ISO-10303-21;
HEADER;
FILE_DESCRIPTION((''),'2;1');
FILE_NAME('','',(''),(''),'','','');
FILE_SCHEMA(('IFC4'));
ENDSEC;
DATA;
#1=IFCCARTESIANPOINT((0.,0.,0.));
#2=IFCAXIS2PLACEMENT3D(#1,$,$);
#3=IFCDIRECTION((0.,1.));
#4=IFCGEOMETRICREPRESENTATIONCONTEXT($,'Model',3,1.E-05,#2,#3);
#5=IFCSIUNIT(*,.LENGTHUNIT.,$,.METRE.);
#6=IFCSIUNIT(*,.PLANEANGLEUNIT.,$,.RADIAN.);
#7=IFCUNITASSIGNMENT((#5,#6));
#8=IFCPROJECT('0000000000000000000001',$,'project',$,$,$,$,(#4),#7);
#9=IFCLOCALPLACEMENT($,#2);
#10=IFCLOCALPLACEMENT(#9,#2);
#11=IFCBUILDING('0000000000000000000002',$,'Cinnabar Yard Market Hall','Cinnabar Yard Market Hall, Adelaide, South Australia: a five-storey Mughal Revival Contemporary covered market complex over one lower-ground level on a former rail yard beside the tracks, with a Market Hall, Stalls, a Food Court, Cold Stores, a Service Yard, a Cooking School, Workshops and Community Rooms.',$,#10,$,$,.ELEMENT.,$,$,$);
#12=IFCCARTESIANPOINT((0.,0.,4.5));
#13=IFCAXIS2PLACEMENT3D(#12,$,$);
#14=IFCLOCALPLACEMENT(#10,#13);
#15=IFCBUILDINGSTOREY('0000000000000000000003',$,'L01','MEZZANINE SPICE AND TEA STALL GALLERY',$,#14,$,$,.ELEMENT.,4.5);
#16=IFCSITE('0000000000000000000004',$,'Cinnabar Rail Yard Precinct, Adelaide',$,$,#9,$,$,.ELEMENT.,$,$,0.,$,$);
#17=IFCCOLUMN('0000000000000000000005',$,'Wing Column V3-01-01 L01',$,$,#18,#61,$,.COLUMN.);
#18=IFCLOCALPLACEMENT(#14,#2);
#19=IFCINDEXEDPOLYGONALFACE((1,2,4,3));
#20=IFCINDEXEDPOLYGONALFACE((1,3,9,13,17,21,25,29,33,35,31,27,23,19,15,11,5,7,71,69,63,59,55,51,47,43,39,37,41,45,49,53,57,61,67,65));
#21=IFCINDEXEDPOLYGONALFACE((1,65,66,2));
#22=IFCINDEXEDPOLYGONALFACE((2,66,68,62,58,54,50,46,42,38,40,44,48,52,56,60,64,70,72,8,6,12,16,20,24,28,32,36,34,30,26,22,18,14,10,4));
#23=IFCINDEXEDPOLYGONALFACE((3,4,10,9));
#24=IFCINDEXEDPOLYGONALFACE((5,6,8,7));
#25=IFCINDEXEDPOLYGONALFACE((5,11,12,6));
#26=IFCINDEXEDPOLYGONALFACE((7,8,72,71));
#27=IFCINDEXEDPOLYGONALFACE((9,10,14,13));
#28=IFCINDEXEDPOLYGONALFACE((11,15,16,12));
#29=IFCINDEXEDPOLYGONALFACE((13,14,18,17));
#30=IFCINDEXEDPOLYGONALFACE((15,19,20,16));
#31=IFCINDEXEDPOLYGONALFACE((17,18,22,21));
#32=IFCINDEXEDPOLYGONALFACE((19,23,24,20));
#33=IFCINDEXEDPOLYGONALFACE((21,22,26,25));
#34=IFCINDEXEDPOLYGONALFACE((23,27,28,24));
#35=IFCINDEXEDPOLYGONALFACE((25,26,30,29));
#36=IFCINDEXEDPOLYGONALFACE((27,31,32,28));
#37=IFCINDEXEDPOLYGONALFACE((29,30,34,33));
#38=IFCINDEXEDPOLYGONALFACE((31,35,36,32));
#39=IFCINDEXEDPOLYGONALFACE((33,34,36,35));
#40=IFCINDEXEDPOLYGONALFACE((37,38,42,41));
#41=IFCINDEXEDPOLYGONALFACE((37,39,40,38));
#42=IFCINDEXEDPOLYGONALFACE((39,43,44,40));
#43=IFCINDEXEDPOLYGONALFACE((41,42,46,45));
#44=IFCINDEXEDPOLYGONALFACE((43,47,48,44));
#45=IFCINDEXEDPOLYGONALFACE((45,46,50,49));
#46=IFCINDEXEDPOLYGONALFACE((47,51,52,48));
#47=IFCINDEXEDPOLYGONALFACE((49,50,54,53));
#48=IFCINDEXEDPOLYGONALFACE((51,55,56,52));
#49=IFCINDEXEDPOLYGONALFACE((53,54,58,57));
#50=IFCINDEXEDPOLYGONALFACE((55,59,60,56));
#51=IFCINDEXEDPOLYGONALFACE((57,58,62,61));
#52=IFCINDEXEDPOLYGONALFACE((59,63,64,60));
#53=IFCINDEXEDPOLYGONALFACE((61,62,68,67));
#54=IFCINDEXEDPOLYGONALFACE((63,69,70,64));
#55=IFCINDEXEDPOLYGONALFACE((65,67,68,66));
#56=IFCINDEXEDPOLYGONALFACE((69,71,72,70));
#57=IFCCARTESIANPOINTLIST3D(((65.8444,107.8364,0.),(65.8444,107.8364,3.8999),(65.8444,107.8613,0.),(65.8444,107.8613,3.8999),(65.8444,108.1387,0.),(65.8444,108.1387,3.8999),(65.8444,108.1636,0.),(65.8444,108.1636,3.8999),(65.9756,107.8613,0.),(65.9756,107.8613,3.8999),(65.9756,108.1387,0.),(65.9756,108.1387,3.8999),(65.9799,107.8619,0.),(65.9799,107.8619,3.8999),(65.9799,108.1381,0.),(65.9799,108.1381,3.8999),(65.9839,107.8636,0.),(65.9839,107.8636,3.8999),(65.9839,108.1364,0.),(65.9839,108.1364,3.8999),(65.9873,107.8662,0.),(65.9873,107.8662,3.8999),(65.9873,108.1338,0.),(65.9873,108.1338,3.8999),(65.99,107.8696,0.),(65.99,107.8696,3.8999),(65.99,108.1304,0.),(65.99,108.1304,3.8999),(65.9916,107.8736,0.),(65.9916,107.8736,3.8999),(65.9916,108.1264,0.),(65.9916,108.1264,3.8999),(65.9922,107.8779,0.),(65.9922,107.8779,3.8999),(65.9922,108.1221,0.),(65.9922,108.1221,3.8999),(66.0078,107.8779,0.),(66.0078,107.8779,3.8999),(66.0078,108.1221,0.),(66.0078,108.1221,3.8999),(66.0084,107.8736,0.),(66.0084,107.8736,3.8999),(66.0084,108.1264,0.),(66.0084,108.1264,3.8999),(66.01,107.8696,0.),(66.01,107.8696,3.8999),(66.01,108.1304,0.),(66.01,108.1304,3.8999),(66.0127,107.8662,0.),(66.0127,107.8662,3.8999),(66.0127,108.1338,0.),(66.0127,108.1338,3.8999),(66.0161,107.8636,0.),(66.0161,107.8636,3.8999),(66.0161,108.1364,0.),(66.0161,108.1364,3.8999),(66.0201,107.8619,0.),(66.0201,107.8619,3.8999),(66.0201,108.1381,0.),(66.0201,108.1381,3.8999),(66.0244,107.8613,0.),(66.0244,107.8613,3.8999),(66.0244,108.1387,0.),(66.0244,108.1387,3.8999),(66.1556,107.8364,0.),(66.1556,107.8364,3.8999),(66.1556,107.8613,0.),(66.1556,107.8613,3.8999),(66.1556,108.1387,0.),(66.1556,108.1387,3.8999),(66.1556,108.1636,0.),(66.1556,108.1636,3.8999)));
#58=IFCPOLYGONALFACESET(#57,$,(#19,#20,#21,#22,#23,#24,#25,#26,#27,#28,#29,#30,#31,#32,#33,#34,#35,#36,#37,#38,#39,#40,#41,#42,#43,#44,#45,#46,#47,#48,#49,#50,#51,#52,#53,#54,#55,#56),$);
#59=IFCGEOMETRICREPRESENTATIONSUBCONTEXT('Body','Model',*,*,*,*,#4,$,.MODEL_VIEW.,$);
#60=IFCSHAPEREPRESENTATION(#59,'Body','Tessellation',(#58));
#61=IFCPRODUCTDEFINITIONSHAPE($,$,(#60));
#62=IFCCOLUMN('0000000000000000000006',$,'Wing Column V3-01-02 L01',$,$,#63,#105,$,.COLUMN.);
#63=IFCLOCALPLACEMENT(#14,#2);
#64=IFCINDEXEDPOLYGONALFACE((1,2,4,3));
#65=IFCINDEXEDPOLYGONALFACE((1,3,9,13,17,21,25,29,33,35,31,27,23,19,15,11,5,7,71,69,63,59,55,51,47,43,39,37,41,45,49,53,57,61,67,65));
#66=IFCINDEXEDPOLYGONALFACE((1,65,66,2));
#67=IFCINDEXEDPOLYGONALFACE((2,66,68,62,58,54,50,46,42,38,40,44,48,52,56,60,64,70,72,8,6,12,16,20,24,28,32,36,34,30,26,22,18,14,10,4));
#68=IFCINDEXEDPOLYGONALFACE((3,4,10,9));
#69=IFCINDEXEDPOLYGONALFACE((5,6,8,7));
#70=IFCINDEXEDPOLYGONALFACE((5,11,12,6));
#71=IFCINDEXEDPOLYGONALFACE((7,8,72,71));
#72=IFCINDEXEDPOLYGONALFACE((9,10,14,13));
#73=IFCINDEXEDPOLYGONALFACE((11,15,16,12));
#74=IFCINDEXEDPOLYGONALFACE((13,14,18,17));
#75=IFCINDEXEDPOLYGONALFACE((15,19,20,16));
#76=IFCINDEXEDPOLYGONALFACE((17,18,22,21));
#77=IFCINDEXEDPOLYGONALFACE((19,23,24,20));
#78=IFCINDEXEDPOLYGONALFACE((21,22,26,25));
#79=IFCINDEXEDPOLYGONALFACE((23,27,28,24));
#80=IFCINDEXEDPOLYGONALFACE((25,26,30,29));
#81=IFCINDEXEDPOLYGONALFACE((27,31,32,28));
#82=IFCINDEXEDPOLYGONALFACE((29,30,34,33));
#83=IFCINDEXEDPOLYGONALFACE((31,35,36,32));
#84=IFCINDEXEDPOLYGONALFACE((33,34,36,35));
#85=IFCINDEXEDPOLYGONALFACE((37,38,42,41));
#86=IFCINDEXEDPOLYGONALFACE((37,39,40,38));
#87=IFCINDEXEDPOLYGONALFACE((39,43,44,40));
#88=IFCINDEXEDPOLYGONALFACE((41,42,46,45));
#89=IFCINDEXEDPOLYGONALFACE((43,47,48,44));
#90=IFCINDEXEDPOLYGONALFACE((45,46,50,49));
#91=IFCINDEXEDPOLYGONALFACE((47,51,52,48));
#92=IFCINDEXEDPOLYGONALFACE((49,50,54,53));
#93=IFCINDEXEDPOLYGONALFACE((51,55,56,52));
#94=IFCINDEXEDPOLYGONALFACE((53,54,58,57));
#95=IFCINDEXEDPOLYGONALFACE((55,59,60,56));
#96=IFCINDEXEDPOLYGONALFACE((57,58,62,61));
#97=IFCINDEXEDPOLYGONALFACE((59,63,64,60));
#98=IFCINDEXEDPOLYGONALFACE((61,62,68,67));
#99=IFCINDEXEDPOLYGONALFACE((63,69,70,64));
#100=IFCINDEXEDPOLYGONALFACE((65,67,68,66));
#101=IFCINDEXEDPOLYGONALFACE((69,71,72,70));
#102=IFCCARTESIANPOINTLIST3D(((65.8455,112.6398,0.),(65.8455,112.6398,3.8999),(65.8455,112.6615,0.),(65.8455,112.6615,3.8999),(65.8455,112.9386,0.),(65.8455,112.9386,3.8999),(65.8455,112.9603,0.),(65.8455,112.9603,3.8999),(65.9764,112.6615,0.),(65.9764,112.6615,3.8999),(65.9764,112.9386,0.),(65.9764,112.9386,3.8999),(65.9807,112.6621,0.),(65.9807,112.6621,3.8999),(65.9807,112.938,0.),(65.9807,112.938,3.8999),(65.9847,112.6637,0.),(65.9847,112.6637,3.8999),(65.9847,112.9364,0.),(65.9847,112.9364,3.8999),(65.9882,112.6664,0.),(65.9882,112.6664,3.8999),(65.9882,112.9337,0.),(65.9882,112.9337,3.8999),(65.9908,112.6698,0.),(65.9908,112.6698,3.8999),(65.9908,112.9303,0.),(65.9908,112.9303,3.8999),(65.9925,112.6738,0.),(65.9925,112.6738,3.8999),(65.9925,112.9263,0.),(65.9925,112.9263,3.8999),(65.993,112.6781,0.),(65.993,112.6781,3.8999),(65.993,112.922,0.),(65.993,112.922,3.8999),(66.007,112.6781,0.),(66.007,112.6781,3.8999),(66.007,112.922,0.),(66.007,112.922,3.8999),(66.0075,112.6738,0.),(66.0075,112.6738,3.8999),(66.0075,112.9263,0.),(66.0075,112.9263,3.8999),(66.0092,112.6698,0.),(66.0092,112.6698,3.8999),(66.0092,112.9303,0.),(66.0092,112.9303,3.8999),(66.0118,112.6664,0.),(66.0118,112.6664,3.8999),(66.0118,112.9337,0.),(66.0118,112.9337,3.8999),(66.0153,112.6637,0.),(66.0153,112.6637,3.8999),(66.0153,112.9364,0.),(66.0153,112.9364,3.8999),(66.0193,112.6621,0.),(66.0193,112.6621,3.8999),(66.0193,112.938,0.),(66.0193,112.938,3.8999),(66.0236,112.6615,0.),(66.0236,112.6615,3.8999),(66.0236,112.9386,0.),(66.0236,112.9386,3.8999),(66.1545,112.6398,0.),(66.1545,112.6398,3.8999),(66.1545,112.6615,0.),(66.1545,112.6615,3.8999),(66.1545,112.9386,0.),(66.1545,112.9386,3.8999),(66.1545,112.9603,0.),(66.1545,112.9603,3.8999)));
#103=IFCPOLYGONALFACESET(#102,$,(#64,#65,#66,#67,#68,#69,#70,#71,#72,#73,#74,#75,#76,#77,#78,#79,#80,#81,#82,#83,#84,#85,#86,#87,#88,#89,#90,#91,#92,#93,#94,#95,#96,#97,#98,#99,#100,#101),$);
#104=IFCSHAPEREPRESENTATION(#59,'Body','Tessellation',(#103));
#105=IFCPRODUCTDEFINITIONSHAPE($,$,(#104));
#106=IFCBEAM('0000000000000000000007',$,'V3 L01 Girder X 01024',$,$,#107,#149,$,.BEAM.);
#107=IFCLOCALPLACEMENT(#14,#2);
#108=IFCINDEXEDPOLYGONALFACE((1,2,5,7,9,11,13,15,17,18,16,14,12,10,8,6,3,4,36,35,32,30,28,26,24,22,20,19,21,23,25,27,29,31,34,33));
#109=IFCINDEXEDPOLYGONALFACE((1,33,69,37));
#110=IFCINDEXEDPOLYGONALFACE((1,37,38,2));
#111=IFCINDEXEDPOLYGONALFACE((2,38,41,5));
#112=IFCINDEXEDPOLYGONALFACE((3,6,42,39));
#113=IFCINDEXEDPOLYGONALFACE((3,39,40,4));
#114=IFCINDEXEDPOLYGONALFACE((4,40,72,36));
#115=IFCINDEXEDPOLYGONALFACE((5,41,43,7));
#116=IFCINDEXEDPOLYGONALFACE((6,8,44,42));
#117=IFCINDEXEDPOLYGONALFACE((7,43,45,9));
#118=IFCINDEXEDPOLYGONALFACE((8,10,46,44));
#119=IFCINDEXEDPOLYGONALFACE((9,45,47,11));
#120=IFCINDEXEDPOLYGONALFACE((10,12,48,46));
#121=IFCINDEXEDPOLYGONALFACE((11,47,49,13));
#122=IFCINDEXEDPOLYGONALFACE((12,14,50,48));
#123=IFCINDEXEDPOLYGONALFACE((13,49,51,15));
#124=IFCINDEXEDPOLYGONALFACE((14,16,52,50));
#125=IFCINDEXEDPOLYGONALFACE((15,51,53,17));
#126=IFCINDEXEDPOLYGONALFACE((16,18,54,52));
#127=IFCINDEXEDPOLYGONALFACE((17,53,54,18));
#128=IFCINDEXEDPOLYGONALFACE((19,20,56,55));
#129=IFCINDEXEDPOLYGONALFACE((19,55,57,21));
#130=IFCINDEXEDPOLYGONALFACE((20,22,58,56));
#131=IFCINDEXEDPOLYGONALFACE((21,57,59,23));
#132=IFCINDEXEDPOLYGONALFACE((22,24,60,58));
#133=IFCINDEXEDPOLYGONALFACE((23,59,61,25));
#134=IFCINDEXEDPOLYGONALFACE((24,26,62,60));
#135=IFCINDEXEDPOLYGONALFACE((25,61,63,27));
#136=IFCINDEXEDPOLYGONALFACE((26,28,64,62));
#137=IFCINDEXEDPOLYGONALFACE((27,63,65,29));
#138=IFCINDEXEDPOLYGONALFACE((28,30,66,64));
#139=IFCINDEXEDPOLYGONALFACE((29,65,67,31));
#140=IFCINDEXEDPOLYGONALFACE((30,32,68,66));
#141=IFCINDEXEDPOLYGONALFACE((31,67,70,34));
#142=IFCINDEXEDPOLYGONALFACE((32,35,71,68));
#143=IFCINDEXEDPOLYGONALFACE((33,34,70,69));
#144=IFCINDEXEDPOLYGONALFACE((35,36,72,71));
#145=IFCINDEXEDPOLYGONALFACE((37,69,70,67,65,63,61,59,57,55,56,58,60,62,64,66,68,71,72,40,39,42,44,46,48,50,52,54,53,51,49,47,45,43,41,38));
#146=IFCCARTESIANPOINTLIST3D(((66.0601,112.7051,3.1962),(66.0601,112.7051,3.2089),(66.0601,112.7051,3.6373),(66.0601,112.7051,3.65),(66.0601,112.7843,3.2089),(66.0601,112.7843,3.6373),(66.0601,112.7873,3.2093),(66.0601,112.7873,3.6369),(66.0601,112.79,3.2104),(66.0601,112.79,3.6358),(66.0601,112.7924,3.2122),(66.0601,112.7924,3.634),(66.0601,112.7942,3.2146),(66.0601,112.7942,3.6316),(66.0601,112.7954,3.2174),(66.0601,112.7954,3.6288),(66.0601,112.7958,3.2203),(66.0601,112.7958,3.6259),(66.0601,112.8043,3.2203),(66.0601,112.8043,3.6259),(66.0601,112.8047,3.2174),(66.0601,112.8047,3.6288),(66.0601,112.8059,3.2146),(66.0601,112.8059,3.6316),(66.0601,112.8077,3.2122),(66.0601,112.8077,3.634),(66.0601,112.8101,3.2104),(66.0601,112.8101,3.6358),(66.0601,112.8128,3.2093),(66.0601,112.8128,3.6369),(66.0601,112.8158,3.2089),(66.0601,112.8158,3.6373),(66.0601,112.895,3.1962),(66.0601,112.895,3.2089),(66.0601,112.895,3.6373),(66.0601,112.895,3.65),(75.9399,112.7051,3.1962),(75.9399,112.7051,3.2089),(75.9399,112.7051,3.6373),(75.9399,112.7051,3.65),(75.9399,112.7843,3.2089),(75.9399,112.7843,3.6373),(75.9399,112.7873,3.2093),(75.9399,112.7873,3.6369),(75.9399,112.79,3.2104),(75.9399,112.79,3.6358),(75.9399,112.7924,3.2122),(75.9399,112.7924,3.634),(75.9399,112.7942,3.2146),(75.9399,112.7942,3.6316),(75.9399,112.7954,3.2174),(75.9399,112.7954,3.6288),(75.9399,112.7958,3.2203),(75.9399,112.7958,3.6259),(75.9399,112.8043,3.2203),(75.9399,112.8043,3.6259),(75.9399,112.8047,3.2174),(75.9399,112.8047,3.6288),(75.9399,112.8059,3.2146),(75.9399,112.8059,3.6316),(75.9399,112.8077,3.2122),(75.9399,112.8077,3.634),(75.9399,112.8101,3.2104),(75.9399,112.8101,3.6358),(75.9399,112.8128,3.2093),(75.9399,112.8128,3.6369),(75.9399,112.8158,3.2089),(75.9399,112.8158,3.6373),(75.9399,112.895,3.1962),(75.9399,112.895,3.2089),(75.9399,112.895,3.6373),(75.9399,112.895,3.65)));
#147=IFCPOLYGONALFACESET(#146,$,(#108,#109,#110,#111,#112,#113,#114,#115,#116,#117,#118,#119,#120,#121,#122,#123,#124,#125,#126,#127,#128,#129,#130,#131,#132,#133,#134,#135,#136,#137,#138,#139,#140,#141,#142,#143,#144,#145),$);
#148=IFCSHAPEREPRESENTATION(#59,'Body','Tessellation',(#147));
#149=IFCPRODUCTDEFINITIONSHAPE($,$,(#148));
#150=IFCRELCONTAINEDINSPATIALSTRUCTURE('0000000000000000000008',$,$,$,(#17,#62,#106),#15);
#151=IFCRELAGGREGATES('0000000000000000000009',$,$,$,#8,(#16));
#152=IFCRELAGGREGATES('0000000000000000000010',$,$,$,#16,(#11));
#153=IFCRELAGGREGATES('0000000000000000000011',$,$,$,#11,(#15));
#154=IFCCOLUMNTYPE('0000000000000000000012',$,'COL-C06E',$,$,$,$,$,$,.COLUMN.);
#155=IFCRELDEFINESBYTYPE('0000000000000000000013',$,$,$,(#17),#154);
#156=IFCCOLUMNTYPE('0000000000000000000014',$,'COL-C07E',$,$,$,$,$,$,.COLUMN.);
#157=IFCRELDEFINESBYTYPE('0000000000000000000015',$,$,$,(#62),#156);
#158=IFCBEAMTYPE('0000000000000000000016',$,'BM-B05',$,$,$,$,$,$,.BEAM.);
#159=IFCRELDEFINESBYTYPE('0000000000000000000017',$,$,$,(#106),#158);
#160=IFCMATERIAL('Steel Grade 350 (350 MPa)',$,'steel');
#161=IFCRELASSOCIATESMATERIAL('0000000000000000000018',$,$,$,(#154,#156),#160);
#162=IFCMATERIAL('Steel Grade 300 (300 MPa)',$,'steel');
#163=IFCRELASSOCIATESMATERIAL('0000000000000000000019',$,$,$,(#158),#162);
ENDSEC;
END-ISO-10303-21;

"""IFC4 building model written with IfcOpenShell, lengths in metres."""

from ifc_helpers import new_model, si_unit, direction, frame, origin, origin_2d_with_axis, place, context, subcontext, project, spatial, i_section, extrude, material, material_profile, profile_set, type_object, element, save


model = new_model("IFC4")

# Units and contexts
model_context = context("Model", 3, precision=1e-05, world=origin(), true_north=direction((0.0, 1.0)))
body_context = subcontext(model_context, "Body", "Model", "MODEL_VIEW")
ifc_project = project(units=[si_unit("LENGTHUNIT", "METRE"), si_unit("PLANEANGLEUNIT", "RADIAN")], contexts=[model_context])

# Site, building, storey
site_placement = place(None, origin())
site = spatial("IfcSite", under=ifc_project, at=site_placement, Name="Cinnabar Rail Yard Precinct, Adelaide", CompositionType="ELEMENT", RefElevation=0.0)
building_placement = place(site_placement, origin())
building = spatial("IfcBuilding", under=site, at=building_placement, Name="Cinnabar Yard Market Hall", Description="Cinnabar Yard Market Hall, Adelaide, South Australia: a five-storey Mughal Revival Contemporary covered market complex over one lower-ground level on a former rail yard beside the tracks, with a Market Hall, Stalls, a Food Court, Cold Stores, a Service Yard, a Cooking School, Workshops and Community Rooms.", CompositionType="ELEMENT")
storey_placement = place(building_placement, frame((0.0, 0.0, 4.5)))
storey = spatial("IfcBuildingStorey", under=building, at=storey_placement, Name="L01", Description="MEZZANINE SPICE AND TEA STALL GALLERY", CompositionType="ELEMENT", Elevation=4.5)

# Columns
ifc_material_1 = material(Name="Steel Grade 350 (350 MPa)", Category="steel")
ifc_material_profile_1 = material_profile(ifc_material_1, i_section(OverallWidth=0.3113, OverallDepth=0.3271, WebThickness=0.0156, FlangeThickness=0.0249, FilletRadius=0.0166, at=origin_2d_with_axis()), Name="310UC158")
ifc_profile_set_1 = profile_set([ifc_material_profile_1], Name="Steel Grade 350 (350 MPa)")
column_type_1 = type_object("IfcColumnType", Name="COL-C06E", PredefinedType="COLUMN", material=ifc_profile_set_1)
column_1_placement = place(storey_placement, frame((66.0, 108.0, 0.0), z_axis=(0.0, 0.0, 1.0), x_axis=(1.0, 0.0, 0.0)))
element("IfcColumn", 1, at=column_1_placement, inside=storey, type_object=column_type_1, Name="Wing Column V3-01-01 L01", PredefinedType="COLUMN", context=body_context, shape_type="SweptSolid", body=[
    extrude(i_section(OverallWidth=0.3113, OverallDepth=0.3271, WebThickness=0.0156, FlangeThickness=0.0249, FilletRadius=0.0166, at=origin_2d_with_axis()), origin(), (0.0, 0.0, 1.0), 3.8999),
])
ifc_material_profile_2 = material_profile(ifc_material_1, i_section(OverallWidth=0.3091, OverallDepth=0.3206, WebThickness=0.0139, FlangeThickness=0.0217, FilletRadius=0.0166, at=origin_2d_with_axis()), Name="310UC137")
ifc_profile_set_2 = profile_set([ifc_material_profile_2], Name="Steel Grade 350 (350 MPa)")
column_type_2 = type_object("IfcColumnType", Name="COL-C07E", PredefinedType="COLUMN", material=ifc_profile_set_2)
column_2_placement = place(storey_placement, frame((66.0, 112.8, 0.0), z_axis=(0.0, 0.0, 1.0), x_axis=(1.0, 0.0, 0.0)))
element("IfcColumn", 2, at=column_2_placement, inside=storey, type_object=column_type_2, Name="Wing Column V3-01-02 L01", PredefinedType="COLUMN", context=body_context, shape_type="SweptSolid", body=[
    extrude(i_section(OverallWidth=0.3091, OverallDepth=0.3206, WebThickness=0.0139, FlangeThickness=0.0217, FilletRadius=0.0166, at=origin_2d_with_axis()), origin(), (0.0, 0.0, 1.0), 3.8999),
])

# Beam
ifc_material_2 = material(Name="Steel Grade 300 (300 MPa)", Category="steel")
ifc_material_profile_3 = material_profile(ifc_material_2, i_section(OverallWidth=0.1899, OverallDepth=0.4539, WebThickness=0.0085, FlangeThickness=0.0127, FilletRadius=0.0115, at=origin_2d_with_axis()), Name="460UB67.1")
ifc_profile_set_3 = profile_set([ifc_material_profile_3], Name="Steel Grade 300 (300 MPa)")
beam_type_1 = type_object("IfcBeamType", Name="BM-B05", PredefinedType="BEAM", material=ifc_profile_set_3)
beam_1_placement = place(storey_placement, frame((66.0601, 112.8, 3.4231), z_axis=(1.0, 0.0, 0.0), x_axis=(0.0, 1.0, 0.0)))
element("IfcBeam", 3, at=beam_1_placement, inside=storey, type_object=beam_type_1, Name="V3 L01 Girder X 01024", PredefinedType="BEAM", context=body_context, shape_type="SweptSolid", body=[
    extrude(i_section(OverallWidth=0.1899, OverallDepth=0.4539, WebThickness=0.0085, FlangeThickness=0.0127, FilletRadius=0.0115, at=origin_2d_with_axis()), origin(), (0.0, 0.0, 1.0), 9.8799),
])

save(model, "model.ifc")
